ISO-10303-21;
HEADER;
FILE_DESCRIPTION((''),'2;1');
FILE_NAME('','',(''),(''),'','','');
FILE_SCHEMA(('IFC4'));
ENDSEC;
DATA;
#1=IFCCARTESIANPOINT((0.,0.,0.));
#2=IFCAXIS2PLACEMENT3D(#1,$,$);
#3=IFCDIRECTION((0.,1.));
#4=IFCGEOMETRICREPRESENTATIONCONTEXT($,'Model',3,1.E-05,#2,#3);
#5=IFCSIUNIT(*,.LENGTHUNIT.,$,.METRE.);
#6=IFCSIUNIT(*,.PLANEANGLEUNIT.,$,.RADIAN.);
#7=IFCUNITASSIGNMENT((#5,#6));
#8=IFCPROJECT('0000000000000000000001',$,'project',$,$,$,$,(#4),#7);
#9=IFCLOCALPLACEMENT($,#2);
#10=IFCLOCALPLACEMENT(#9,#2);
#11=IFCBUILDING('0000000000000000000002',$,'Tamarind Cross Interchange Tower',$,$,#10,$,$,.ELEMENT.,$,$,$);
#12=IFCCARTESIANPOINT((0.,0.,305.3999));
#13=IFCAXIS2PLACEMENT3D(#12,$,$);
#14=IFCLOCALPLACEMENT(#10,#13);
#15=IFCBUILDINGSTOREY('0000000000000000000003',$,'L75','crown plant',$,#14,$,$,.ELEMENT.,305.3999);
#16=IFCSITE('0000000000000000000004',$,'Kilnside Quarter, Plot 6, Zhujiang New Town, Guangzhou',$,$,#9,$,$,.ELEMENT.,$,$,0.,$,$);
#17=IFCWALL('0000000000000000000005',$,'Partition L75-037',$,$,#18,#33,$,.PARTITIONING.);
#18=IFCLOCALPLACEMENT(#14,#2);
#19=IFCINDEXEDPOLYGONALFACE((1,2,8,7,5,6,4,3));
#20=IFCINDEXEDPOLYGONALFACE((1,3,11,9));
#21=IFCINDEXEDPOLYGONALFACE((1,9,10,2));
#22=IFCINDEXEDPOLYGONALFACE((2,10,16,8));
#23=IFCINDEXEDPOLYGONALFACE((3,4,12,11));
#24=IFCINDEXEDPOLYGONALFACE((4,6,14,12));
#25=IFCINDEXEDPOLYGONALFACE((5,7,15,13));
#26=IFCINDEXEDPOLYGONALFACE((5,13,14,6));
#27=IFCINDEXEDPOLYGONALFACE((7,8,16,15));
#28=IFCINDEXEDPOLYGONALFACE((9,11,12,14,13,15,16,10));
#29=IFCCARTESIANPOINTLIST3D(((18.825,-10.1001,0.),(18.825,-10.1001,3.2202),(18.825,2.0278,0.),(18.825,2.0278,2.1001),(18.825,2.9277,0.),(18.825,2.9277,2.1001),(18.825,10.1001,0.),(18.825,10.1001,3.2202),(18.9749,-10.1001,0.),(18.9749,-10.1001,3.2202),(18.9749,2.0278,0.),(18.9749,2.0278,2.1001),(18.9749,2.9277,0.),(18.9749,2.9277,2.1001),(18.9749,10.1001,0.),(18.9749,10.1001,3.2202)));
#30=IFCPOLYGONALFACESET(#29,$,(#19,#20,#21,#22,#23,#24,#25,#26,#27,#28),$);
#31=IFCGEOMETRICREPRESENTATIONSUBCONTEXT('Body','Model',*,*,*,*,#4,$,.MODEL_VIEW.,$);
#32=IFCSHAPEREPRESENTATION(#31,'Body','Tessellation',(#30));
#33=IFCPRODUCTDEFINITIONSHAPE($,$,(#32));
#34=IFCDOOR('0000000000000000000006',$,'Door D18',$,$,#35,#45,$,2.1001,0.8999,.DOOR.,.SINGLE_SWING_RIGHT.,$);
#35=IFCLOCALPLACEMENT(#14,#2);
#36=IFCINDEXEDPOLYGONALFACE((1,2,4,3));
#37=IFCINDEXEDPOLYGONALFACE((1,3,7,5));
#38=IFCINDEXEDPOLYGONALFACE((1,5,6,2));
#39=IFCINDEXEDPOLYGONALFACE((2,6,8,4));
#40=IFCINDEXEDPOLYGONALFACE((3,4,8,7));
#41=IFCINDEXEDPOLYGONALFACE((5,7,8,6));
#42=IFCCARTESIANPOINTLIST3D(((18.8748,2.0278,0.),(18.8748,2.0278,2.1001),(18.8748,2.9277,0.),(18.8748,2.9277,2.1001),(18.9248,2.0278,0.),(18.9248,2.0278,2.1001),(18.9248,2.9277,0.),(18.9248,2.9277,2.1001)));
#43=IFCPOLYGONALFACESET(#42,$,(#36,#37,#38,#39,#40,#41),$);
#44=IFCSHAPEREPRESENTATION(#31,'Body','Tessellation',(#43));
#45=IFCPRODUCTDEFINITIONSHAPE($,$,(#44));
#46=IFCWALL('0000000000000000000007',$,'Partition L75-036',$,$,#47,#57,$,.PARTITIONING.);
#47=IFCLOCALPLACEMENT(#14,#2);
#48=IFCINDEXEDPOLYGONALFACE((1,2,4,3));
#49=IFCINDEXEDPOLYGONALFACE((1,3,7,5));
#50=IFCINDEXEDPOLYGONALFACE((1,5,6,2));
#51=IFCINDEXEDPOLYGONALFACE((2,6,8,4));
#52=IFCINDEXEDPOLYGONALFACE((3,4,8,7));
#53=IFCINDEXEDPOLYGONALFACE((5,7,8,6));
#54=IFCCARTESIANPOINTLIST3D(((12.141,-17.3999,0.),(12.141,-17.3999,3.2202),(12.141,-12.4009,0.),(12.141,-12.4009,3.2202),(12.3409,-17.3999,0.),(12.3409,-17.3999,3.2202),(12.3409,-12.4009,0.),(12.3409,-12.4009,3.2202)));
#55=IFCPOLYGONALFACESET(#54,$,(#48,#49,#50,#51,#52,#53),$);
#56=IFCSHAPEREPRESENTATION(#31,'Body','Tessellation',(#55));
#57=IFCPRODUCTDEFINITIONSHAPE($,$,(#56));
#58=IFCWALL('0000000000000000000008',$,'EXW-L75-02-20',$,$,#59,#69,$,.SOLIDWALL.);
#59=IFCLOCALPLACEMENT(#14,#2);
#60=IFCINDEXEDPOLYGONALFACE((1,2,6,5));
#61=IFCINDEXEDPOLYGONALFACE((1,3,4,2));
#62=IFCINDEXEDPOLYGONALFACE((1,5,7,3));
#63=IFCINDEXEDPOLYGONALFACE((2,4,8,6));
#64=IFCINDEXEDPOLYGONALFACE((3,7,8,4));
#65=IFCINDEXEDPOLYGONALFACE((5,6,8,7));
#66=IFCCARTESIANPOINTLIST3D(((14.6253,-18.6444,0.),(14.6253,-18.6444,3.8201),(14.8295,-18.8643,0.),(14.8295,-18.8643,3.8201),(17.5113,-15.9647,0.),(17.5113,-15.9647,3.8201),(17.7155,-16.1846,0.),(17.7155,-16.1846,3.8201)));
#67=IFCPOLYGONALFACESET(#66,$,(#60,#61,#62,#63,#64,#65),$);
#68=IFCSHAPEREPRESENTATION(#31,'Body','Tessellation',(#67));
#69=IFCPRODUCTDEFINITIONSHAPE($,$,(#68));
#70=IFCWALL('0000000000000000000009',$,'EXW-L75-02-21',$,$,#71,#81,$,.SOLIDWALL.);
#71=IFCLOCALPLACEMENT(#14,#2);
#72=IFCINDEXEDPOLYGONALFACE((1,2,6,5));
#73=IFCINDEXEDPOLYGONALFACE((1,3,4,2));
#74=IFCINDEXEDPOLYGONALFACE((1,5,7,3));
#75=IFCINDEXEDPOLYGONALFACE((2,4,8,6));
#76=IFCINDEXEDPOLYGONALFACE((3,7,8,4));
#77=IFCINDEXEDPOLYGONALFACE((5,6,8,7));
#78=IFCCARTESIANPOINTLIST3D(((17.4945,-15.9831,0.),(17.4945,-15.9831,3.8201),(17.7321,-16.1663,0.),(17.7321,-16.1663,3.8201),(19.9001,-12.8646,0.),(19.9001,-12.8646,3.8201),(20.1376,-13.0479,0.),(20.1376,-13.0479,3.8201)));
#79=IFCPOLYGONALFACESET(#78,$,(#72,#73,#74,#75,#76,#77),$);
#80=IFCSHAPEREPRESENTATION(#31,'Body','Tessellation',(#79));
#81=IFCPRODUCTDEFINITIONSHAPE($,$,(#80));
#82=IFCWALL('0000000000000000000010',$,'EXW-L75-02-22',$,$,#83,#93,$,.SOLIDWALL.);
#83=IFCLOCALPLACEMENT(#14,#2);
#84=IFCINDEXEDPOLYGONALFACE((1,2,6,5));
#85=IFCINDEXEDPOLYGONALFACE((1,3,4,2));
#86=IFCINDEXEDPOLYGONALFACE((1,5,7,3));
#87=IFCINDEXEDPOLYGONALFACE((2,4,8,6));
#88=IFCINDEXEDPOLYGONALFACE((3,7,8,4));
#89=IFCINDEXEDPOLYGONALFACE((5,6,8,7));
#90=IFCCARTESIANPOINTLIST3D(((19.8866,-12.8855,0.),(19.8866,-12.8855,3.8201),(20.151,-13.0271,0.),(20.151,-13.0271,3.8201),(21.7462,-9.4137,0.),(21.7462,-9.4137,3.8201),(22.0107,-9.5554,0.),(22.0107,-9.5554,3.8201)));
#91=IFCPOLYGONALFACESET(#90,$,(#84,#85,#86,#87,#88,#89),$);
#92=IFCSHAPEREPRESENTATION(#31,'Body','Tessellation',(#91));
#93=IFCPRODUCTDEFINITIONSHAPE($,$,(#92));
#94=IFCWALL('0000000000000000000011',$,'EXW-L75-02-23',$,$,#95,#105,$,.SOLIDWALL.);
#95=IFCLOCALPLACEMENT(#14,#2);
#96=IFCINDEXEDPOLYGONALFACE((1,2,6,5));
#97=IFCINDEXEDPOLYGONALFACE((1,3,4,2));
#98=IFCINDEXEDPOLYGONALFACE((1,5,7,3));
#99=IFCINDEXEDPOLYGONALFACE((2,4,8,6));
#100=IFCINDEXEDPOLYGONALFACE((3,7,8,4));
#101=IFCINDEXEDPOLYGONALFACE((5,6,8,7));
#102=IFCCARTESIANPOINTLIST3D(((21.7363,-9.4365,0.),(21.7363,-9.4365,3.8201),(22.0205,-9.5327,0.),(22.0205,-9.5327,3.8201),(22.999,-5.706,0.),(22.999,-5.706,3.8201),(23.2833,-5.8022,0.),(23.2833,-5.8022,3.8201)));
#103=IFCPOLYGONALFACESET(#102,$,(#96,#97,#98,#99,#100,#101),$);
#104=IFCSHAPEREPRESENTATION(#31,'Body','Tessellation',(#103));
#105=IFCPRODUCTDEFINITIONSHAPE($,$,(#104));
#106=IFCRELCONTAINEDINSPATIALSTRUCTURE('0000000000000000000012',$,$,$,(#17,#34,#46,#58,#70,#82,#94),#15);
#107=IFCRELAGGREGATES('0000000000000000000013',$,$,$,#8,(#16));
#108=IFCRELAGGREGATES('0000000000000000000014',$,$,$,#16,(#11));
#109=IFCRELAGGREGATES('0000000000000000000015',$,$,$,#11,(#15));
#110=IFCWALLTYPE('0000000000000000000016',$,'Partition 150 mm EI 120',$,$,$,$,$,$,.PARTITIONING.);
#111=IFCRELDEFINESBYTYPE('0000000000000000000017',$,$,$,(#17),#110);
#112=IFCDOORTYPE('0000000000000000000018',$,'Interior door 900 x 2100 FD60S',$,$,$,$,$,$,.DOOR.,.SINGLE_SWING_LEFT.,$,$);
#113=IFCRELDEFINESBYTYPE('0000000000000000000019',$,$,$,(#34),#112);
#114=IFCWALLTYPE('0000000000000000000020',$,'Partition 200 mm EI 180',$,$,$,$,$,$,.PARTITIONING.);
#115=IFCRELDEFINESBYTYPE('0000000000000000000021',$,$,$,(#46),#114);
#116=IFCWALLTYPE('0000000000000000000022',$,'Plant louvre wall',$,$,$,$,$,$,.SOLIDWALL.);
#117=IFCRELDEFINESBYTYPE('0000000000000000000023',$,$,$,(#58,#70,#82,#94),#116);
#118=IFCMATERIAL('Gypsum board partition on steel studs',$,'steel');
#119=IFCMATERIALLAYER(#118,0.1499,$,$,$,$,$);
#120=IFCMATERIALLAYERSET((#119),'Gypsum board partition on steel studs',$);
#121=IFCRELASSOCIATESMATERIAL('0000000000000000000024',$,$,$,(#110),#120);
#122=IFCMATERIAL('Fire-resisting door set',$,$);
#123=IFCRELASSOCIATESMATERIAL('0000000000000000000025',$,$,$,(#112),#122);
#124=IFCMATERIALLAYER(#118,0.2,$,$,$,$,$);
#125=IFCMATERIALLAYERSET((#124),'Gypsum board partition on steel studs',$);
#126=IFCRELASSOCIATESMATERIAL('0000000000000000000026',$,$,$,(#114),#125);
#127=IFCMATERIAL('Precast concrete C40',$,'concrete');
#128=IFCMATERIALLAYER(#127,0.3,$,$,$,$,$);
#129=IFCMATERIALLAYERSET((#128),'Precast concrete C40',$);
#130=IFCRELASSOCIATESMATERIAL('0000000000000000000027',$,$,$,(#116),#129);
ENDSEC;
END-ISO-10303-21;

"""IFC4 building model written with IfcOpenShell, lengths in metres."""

from ifc_helpers import new_model, si_unit, direction, frame, frame_2d, origin, place, context, subcontext, project, spatial, rectangle, extrude, material, layer, layer_set, type_object, element, fill, save


model = new_model("IFC4")

# Units and contexts
model_context = context("Model", 3, precision=1e-05, world=origin(), true_north=direction((0.0, 1.0)))
body_context = subcontext(model_context, "Body", "Model", "MODEL_VIEW")
ifc_project = project(units=[si_unit("LENGTHUNIT", "METRE"), si_unit("PLANEANGLEUNIT", "RADIAN")], contexts=[model_context])

# Site, building, storey
site_placement = place(None, origin())
site = spatial("IfcSite", under=ifc_project, at=site_placement, Name="Kilnside Quarter, Plot 6, Zhujiang New Town, Guangzhou", CompositionType="ELEMENT", RefElevation=0.0)
building_placement = place(site_placement, origin())
building = spatial("IfcBuilding", under=site, at=building_placement, Name="Tamarind Cross Interchange Tower", CompositionType="ELEMENT")
storey_placement = place(building_placement, frame((0.0, 0.0, 305.3999)))
storey = spatial("IfcBuildingStorey", under=building, at=storey_placement, Name="L75", Description="crown plant", CompositionType="ELEMENT", Elevation=305.3999)

# Shared definitions
ifc_material_1 = material(Name="Gypsum board partition on steel studs", Category="steel")
ifc_layer_1 = layer(ifc_material_1, 0.1499)
ifc_layer_set_1 = layer_set([ifc_layer_1], Name="Gypsum board partition on steel studs")
wall_type_1 = type_object("IfcWallType", Name="Partition 150 mm EI 120", PredefinedType="PARTITIONING", material=ifc_layer_set_1)

# Wall, opening, door
wall_1_placement = place(storey_placement, frame((18.8999, -10.1001, 0.0), z_axis=(0.0, 0.0, 1.0), x_axis=(0.0, 1.0, 0.0)))
wall_1 = element("IfcWall", 1, at=wall_1_placement, inside=storey, type_object=wall_type_1, Name="Partition L75-037", PredefinedType="PARTITIONING", context=body_context, shape_type="SweptSolid", body=[
    extrude(rectangle(XDim=20.2002, YDim=0.1499, at=frame_2d((10.1001, 0.0))), origin(), (0.0, 0.0, 1.0), 3.2202),
])
opening_1_placement = place(wall_1_placement, frame((12.1279, 0.0, 0.0)))
opening_1 = element("IfcOpeningElement", 2, at=opening_1_placement, cuts=wall_1, PredefinedType="OPENING", context=body_context, shape_type="SweptSolid", body=[
    extrude(rectangle(XDim=0.8999, YDim=2.1001, at=frame_2d((0.45, 1.05))), frame((0.0, 0.085, 0.0), z_axis=(0.0, -1.0, 0.0), x_axis=(1.0, 0.0, 0.0)), (0.0, 0.0, 1.0), 0.1699),
])
ifc_material_2 = material(Name="Fire-resisting door set")
door_type_1 = type_object("IfcDoorType", Name="Interior door 900 x 2100 FD60S", OperationType="SINGLE_SWING_LEFT", PredefinedType="DOOR", material=ifc_material_2)
door_1_placement = place(opening_1_placement, frame((0.8999, 0.0, 0.0), z_axis=(0.0, 0.0, 1.0), x_axis=(-1.0, 0.0, 0.0)))
door_1 = element("IfcDoor", 3, at=door_1_placement, inside=storey, type_object=door_type_1, Name="Door D18", OperationType="SINGLE_SWING_RIGHT", OverallHeight=2.1001, OverallWidth=0.8999, PredefinedType="DOOR", context=body_context, shape_type="SweptSolid", body=[
    extrude(rectangle(XDim=0.8999, YDim=2.1001, at=frame_2d((0.45, 1.05))), frame((0.0, 0.0249, 0.0), z_axis=(0.0, -1.0, 0.0), x_axis=(1.0, 0.0, 0.0)), (0.0, 0.0, 1.0), 0.05),
])
fill(opening_1, door_1)

# Walls
ifc_layer_2 = layer(ifc_material_1, 0.2)
ifc_layer_set_2 = layer_set([ifc_layer_2], Name="Gypsum board partition on steel studs")
wall_type_2 = type_object("IfcWallType", Name="Partition 200 mm EI 180", PredefinedType="PARTITIONING", material=ifc_layer_set_2)
wall_2_placement = place(storey_placement, frame((12.241, -17.3999, 0.0), z_axis=(0.0, 0.0, 1.0), x_axis=(0.0, 1.0, 0.0)))
element("IfcWall", 4, at=wall_2_placement, inside=storey, type_object=wall_type_2, Name="Partition L75-036", PredefinedType="PARTITIONING", context=body_context, shape_type="SweptSolid", body=[
    extrude(rectangle(XDim=4.999, YDim=0.2, at=frame_2d((2.4995, 0.0))), origin(), (0.0, 0.0, 1.0), 3.2202),
])
ifc_material_3 = material(Name="Precast concrete C40", Category="concrete")
ifc_layer_3 = layer(ifc_material_3, 0.3)
ifc_layer_set_3 = layer_set([ifc_layer_3], Name="Precast concrete C40")
wall_type_3 = type_object("IfcWallType", Name="Plant louvre wall", PredefinedType="SOLIDWALL", material=ifc_layer_set_3)
wall_3_placement = place(storey_placement, frame((14.7273, -18.7544, 0.0), z_axis=(0.0, 0.0, 1.0), x_axis=(0.732813, 0.68043, 0.0)))
element("IfcWall", 5, at=wall_3_placement, inside=storey, type_object=wall_type_3, Name="EXW-L75-02-20", PredefinedType="SOLIDWALL", context=body_context, shape_type="SweptSolid", body=[
    extrude(rectangle(XDim=3.9382, YDim=0.3, at=frame_2d((1.9692, 0.0))), origin(), (0.0, 0.0, 1.0), 3.8201),
])
for number, where, z_axis, x_axis, name in (
    (6, (17.6133, -16.0747, 0.0), (0.0, 0.0, 1.0), (0.610786, 0.791796, 0.0), "EXW-L75-02-21"),
    (7, (20.0188, -12.9563, 0.0), (0.0, 0.0, 1.0), (0.47218, 0.881502, 0.0), "EXW-L75-02-22"),
    (8, (21.8784, -9.4846, 0.0), (0.0, 0.0, 1.0), (0.320613, 0.94721, 0.0), "EXW-L75-02-23"),
):
    element("IfcWall", number, at=place(storey_placement, frame(where, z_axis=z_axis, x_axis=x_axis)), inside=storey, type_object=wall_type_3, Name=name, PredefinedType="SOLIDWALL", context=body_context, shape_type="SweptSolid", body=[
        extrude(rectangle(XDim=3.9385, YDim=0.3, at=frame_2d((1.9692, 0.0))), origin(), (0.0, 0.0, 1.0), 3.8201),
    ])

save(model, "model.ifc")
